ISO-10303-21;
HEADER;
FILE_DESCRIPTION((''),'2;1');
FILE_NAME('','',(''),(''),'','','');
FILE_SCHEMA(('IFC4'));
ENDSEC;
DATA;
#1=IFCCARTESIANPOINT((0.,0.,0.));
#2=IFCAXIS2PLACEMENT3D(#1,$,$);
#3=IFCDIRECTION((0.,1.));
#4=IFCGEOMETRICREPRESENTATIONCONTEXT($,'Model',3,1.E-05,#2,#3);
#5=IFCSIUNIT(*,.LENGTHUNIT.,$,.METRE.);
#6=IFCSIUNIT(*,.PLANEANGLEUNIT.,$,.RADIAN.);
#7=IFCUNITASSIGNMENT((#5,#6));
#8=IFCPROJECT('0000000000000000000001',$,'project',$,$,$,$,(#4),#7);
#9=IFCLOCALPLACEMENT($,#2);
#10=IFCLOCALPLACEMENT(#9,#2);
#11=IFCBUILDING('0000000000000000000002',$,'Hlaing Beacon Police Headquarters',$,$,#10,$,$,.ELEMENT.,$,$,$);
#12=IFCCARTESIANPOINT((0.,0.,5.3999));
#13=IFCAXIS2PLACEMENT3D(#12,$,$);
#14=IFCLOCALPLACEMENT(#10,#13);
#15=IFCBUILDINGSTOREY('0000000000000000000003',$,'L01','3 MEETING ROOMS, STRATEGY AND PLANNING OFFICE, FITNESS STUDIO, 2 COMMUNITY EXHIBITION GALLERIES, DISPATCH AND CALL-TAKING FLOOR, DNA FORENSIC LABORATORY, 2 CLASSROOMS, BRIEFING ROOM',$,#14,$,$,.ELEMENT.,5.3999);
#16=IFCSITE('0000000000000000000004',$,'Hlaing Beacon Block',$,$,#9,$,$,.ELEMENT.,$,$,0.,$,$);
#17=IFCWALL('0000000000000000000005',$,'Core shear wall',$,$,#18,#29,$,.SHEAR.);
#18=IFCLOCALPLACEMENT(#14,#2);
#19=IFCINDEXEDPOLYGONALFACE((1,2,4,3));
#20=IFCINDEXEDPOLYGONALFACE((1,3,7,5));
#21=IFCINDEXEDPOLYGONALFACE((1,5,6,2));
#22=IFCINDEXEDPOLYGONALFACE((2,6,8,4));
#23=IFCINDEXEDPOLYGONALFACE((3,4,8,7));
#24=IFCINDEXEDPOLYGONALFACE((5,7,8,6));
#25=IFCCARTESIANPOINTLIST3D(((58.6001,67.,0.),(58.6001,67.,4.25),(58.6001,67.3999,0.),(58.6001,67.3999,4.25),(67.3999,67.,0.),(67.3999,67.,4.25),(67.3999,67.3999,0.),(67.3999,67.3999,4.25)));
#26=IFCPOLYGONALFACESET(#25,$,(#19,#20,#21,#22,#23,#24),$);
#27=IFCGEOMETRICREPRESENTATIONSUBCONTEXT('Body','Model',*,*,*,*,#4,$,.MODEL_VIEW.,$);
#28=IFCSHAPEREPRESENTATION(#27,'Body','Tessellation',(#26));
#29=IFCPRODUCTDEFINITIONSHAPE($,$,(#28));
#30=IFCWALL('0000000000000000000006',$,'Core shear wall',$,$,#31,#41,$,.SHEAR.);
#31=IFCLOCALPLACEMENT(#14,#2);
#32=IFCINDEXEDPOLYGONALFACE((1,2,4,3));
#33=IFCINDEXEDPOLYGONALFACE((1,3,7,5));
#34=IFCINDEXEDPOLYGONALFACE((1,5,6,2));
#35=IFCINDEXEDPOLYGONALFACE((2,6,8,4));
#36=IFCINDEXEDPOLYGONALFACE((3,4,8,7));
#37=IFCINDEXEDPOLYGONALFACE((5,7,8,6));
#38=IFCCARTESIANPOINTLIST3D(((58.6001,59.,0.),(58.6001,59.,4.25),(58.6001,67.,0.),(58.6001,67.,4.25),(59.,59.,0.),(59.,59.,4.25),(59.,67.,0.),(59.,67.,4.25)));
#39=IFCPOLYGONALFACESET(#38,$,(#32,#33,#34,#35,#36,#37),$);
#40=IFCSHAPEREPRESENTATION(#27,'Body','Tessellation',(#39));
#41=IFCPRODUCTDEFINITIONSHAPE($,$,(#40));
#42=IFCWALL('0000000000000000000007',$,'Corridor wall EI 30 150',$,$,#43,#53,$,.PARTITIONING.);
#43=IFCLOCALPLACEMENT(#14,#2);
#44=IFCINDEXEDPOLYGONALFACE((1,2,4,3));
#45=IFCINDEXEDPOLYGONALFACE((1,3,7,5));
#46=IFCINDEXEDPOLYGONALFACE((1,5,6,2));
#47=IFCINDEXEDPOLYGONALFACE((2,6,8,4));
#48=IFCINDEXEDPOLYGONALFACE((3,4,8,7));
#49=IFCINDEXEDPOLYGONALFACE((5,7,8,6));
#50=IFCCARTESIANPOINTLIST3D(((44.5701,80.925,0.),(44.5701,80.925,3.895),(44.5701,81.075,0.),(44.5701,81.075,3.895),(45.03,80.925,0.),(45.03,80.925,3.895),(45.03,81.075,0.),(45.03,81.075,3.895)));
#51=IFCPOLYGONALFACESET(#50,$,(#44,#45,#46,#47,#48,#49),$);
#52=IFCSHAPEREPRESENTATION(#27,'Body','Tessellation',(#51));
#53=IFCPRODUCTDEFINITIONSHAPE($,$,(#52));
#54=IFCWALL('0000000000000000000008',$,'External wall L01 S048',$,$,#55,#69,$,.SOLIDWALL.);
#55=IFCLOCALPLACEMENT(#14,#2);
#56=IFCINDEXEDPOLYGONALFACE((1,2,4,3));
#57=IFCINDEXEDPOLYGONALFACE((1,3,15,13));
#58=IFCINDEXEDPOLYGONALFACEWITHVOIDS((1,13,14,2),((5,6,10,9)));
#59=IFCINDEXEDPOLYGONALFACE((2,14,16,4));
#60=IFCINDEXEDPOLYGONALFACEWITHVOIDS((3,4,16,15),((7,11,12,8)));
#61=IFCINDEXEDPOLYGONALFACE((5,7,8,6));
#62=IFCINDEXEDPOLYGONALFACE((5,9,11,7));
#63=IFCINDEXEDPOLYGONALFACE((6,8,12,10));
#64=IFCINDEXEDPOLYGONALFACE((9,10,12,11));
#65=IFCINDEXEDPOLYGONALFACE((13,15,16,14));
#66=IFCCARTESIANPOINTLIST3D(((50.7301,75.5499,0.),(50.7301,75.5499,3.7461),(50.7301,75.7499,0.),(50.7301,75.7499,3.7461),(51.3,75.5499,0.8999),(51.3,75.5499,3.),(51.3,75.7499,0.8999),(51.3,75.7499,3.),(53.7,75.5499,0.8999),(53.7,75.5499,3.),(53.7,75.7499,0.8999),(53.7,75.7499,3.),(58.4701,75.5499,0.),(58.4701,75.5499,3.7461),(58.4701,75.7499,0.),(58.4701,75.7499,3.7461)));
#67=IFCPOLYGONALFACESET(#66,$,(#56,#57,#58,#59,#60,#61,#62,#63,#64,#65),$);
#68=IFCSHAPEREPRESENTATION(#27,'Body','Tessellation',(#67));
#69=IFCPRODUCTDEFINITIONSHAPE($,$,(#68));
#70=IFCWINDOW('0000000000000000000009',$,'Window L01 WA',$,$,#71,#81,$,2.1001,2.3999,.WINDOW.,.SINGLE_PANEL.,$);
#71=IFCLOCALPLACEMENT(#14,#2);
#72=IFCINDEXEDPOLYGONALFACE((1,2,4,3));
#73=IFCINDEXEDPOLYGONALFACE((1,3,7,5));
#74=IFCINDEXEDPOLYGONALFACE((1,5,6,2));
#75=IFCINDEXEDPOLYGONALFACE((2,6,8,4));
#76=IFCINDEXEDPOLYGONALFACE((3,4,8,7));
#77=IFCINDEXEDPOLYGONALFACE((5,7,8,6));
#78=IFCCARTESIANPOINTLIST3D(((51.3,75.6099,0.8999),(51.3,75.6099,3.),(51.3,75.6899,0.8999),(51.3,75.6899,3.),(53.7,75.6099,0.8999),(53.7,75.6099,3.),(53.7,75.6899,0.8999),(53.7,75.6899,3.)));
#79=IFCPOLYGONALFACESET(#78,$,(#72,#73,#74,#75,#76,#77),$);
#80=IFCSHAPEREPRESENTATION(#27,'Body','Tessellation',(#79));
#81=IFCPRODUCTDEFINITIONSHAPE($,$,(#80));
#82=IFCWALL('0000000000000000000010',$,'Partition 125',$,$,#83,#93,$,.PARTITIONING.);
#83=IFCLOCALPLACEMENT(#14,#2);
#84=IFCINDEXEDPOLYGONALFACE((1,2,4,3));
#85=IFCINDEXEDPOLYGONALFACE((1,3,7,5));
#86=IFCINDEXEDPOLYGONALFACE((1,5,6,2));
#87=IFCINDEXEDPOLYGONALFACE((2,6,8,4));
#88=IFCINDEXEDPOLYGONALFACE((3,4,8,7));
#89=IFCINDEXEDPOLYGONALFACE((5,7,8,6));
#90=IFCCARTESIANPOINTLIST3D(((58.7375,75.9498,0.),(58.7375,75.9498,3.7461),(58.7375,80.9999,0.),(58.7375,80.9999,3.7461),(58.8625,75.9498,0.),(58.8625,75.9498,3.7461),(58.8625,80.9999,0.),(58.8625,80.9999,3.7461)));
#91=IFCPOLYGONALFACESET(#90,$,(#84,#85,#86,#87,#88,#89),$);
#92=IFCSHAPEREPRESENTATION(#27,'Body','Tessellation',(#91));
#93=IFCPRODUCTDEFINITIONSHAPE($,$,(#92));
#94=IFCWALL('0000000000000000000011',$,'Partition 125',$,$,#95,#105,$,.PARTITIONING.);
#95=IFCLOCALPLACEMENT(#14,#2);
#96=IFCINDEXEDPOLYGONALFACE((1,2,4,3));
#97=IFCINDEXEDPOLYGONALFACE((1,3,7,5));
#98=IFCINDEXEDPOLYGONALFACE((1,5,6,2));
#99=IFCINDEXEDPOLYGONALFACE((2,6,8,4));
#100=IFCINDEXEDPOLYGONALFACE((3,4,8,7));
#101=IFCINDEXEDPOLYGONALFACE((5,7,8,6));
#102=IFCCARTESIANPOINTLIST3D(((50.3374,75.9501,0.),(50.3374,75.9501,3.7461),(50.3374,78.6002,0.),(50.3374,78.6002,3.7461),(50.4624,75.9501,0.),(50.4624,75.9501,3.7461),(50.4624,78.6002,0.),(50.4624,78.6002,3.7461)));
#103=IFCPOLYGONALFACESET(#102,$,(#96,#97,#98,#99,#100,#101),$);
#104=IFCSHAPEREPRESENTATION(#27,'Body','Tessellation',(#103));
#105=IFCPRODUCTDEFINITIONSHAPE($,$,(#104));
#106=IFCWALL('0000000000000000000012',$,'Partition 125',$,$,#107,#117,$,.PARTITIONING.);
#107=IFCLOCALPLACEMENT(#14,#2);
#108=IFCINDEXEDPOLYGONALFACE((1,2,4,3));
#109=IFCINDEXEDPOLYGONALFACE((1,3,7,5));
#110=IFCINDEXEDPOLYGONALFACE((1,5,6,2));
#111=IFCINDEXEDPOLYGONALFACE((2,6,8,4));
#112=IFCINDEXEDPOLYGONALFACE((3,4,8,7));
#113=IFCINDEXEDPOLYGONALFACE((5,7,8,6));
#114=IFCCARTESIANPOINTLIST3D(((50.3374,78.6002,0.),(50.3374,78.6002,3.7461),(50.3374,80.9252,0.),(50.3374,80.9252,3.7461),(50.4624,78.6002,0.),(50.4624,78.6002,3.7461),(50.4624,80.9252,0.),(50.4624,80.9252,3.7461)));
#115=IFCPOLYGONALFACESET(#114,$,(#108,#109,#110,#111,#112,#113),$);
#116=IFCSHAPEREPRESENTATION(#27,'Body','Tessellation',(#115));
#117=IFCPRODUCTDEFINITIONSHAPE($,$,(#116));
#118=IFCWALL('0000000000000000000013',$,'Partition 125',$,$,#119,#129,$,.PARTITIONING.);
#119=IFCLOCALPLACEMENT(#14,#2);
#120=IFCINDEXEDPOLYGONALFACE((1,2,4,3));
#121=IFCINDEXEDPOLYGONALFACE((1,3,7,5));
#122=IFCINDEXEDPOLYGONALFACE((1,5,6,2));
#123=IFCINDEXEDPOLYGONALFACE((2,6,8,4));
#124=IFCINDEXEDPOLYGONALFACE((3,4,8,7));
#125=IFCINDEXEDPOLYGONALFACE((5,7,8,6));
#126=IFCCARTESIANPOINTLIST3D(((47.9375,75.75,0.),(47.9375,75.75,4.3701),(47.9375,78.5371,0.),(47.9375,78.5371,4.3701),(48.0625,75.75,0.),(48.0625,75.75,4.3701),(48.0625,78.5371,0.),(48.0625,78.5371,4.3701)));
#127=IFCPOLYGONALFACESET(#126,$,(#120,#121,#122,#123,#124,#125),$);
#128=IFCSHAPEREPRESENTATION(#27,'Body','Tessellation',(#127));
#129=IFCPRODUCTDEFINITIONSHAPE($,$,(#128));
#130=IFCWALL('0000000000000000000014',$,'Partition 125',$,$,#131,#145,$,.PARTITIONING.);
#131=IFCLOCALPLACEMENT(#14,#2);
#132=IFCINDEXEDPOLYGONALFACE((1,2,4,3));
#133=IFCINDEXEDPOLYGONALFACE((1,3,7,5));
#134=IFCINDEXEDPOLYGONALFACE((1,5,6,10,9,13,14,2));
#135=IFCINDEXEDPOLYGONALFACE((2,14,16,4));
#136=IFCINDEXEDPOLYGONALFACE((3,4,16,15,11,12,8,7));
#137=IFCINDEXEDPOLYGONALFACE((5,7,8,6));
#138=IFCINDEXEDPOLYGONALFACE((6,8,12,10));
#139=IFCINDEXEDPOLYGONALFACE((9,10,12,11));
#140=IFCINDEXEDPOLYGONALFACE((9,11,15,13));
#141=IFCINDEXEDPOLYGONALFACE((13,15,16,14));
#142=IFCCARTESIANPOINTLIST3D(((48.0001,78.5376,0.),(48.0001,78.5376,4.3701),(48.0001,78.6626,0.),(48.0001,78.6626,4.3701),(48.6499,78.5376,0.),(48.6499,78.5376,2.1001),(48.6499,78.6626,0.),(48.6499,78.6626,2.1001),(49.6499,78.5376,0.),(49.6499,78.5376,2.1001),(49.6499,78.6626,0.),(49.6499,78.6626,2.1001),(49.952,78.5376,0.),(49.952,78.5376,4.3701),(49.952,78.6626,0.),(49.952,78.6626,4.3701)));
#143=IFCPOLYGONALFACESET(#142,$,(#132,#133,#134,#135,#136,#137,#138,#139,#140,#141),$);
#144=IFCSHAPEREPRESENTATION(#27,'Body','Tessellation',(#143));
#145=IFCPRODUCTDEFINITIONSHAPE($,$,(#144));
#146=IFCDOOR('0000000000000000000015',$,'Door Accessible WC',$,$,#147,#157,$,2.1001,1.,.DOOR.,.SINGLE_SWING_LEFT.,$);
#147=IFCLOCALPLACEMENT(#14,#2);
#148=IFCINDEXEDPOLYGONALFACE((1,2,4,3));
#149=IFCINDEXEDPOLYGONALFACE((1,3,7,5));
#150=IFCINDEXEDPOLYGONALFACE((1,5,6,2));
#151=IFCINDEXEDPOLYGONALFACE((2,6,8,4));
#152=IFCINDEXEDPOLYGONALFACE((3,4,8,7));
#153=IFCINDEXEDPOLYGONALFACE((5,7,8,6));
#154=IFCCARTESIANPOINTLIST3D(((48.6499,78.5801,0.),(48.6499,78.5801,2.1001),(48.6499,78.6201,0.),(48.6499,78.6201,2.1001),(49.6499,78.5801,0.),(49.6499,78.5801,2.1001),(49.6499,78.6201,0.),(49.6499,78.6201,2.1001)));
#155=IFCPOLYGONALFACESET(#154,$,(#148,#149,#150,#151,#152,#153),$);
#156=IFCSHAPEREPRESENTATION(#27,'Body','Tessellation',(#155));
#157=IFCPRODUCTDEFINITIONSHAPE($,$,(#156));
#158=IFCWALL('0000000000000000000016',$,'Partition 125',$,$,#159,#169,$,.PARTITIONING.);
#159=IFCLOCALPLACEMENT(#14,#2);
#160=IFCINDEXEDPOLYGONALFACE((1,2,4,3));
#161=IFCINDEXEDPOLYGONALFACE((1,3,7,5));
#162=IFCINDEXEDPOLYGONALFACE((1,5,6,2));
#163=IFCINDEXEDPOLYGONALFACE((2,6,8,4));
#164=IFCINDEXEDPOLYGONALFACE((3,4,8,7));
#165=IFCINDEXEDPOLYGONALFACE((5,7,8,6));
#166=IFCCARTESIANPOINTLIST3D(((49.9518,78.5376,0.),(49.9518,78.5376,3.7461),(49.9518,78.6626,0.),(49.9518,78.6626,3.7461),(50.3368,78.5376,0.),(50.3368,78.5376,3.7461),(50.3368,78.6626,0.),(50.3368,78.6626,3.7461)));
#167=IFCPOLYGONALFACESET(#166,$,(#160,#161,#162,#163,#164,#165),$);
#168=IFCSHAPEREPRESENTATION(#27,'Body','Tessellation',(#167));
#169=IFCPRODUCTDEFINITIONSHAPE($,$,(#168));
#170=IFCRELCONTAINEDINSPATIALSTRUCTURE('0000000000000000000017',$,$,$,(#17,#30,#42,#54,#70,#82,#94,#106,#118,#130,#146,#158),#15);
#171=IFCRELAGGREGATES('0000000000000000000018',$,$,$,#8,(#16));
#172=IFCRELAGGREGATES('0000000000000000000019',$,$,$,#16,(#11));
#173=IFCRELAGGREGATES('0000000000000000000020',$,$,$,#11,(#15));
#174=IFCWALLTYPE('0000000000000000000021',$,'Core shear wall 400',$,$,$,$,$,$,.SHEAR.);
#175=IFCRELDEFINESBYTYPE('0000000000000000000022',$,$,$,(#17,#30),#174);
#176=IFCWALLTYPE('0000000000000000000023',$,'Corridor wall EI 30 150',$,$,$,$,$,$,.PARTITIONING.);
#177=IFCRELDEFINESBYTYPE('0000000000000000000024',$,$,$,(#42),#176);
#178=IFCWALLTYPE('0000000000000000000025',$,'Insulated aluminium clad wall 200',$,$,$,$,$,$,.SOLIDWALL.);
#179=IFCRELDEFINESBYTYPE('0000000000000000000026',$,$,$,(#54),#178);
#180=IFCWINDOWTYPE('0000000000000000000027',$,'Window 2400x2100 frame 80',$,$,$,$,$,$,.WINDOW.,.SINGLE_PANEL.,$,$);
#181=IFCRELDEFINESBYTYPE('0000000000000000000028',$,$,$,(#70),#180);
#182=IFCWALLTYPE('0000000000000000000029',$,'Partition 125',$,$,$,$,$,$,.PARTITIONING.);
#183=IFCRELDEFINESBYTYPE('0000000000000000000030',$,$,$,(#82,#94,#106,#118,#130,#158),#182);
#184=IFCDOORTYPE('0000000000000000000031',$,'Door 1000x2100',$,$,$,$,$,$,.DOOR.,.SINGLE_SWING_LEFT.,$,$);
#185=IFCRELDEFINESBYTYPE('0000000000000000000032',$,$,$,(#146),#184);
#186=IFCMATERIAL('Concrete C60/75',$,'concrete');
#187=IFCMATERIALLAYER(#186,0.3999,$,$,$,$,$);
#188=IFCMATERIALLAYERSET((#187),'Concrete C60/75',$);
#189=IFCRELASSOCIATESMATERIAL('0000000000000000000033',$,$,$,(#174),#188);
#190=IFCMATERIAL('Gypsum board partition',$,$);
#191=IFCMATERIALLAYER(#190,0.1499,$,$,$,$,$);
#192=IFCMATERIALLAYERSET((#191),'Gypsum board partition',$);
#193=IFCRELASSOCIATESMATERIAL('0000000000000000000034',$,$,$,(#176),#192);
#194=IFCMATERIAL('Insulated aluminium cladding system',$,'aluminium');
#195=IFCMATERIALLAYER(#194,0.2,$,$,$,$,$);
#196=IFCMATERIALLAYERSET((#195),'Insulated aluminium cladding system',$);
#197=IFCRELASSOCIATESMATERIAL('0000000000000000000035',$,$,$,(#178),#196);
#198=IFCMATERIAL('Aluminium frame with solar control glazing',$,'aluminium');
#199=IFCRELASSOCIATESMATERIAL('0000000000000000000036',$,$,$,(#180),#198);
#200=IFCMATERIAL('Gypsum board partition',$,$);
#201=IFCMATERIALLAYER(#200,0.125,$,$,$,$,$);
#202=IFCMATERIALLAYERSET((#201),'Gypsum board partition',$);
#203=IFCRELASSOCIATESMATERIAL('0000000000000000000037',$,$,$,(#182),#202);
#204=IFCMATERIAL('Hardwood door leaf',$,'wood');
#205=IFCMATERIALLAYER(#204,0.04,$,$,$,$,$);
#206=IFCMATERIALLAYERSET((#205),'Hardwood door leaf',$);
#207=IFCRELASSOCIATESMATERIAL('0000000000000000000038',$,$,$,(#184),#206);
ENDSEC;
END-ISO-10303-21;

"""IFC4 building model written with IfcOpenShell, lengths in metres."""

from ifc_helpers import new_model, si_unit, direction, frame, frame_2d, origin, place, context, subcontext, project, spatial, rectangle, extrude, material, layer, layer_set, type_object, element, fill, save


model = new_model("IFC4")

# Units and contexts
model_context = context("Model", 3, precision=1e-05, world=origin(), true_north=direction((0.0, 1.0)))
body_context = subcontext(model_context, "Body", "Model", "MODEL_VIEW")
ifc_project = project(units=[si_unit("LENGTHUNIT", "METRE"), si_unit("PLANEANGLEUNIT", "RADIAN")], contexts=[model_context])

# Site, building, storey
site_placement = place(None, origin())
site = spatial("IfcSite", under=ifc_project, at=site_placement, Name="Hlaing Beacon Block", CompositionType="ELEMENT", RefElevation=0.0)
building_placement = place(site_placement, origin())
building = spatial("IfcBuilding", under=site, at=building_placement, Name="Hlaing Beacon Police Headquarters", CompositionType="ELEMENT")
storey_placement = place(building_placement, frame((0.0, 0.0, 5.3999)))
storey = spatial("IfcBuildingStorey", under=building, at=storey_placement, Name="L01", Description="3 MEETING ROOMS, STRATEGY AND PLANNING OFFICE, FITNESS STUDIO, 2 COMMUNITY EXHIBITION GALLERIES, DISPATCH AND CALL-TAKING FLOOR, DNA FORENSIC LABORATORY, 2 CLASSROOMS, BRIEFING ROOM", CompositionType="ELEMENT", Elevation=5.3999)

# Walls
ifc_material_1 = material(Name="Concrete C60/75", Category="concrete")
ifc_layer_1 = layer(ifc_material_1, 0.3999)
ifc_layer_set_1 = layer_set([ifc_layer_1], Name="Concrete C60/75")
wall_type_1 = type_object("IfcWallType", Name="Core shear wall 400", PredefinedType="SHEAR", material=ifc_layer_set_1)
wall_1_placement = place(storey_placement, frame((58.6001, 67.2, 0.0), z_axis=(0.0, 0.0, 1.0), x_axis=(1.0, 0.0, 0.0)))
element("IfcWall", 1, at=wall_1_placement, inside=storey, type_object=wall_type_1, Name="Core shear wall", PredefinedType="SHEAR", context=body_context, shape_type="SweptSolid", body=[
    extrude(rectangle(XDim=8.7998, YDim=0.3999, at=frame_2d((4.3999, 0.0))), origin(), (0.0, 0.0, 1.0), 4.25),
])
wall_2_placement = place(storey_placement, frame((58.8, 59.0, 0.0), z_axis=(0.0, 0.0, 1.0), x_axis=(0.0, 1.0, 0.0)))
element("IfcWall", 2, at=wall_2_placement, inside=storey, type_object=wall_type_1, Name="Core shear wall", PredefinedType="SHEAR", context=body_context, shape_type="SweptSolid", body=[
    extrude(rectangle(XDim=8.0, YDim=0.3999, at=frame_2d((4.0, 0.0))), origin(), (0.0, 0.0, 1.0), 4.25),
])
ifc_material_2 = material(Name="Gypsum board partition")
ifc_layer_2 = layer(ifc_material_2, 0.1499)
ifc_layer_set_2 = layer_set([ifc_layer_2], Name="Gypsum board partition")
wall_type_2 = type_object("IfcWallType", Name="Corridor wall EI 30 150", PredefinedType="PARTITIONING", material=ifc_layer_set_2)
wall_3_placement = place(storey_placement, frame((44.5701, 81.0, 0.0), z_axis=(0.0, 0.0, 1.0), x_axis=(1.0, 0.0, 0.0)))
element("IfcWall", 3, at=wall_3_placement, inside=storey, type_object=wall_type_2, Name="Corridor wall EI 30 150", PredefinedType="PARTITIONING", context=body_context, shape_type="SweptSolid", body=[
    extrude(rectangle(XDim=0.46, YDim=0.1499, at=frame_2d((0.23, 0.0))), origin(), (0.0, 0.0, 1.0), 3.895),
])

# Wall, opening, window
ifc_material_3 = material(Name="Insulated aluminium cladding system", Category="aluminium")
ifc_layer_3 = layer(ifc_material_3, 0.2)
ifc_layer_set_3 = layer_set([ifc_layer_3], Name="Insulated aluminium cladding system")
wall_type_3 = type_object("IfcWallType", Name="Insulated aluminium clad wall 200", PredefinedType="SOLIDWALL", material=ifc_layer_set_3)
wall_4_placement = place(storey_placement, frame((50.73, 75.6499, 0.0), z_axis=(0.0, 0.0, 1.0), x_axis=(1.0, 0.0, 0.0)))
wall_4 = element("IfcWall", 4, at=wall_4_placement, inside=storey, type_object=wall_type_3, Name="External wall L01 S048", PredefinedType="SOLIDWALL", context=body_context, shape_type="SweptSolid", body=[
    extrude(rectangle(XDim=7.74, YDim=0.2, at=frame_2d((3.8701, 0.0))), origin(), (0.0, 0.0, 1.0), 3.7461),
])
opening_1_placement = place(wall_4_placement, frame((0.5701, 0.0, 0.8999)))
opening_1 = element("IfcOpeningElement", 5, at=opening_1_placement, cuts=wall_4, PredefinedType="OPENING", context=body_context, shape_type="SweptSolid", body=[
    extrude(rectangle(XDim=2.3999, YDim=2.1001, at=frame_2d((1.2, 1.05))), frame((0.0, 0.1099, 0.0), z_axis=(0.0, -1.0, 0.0), x_axis=(1.0, 0.0, 0.0)), (0.0, 0.0, 1.0), 0.22),
])
ifc_material_4 = material(Name="Aluminium frame with solar control glazing", Category="aluminium")
window_type = type_object("IfcWindowType", Name="Window 2400x2100 frame 80", PartitioningType="SINGLE_PANEL", PredefinedType="WINDOW", material=ifc_material_4)
window_placement = place(opening_1_placement, origin())
window = element("IfcWindow", 6, at=window_placement, inside=storey, type_object=window_type, Name="Window L01 WA", OverallHeight=2.1001, OverallWidth=2.3999, PartitioningType="SINGLE_PANEL", PredefinedType="WINDOW", context=body_context, shape_type="SweptSolid", body=[
    extrude(rectangle(XDim=2.3999, YDim=2.1001, at=frame_2d((1.2, 1.05))), frame((0.0, 0.04, 0.0), z_axis=(0.0, -1.0, 0.0), x_axis=(1.0, 0.0, 0.0)), (0.0, 0.0, 1.0), 0.0801),
])
fill(opening_1, window)

# Walls
ifc_material_5 = material(Name="Gypsum board partition")
ifc_layer_4 = layer(ifc_material_5, 0.125)
ifc_layer_set_4 = layer_set([ifc_layer_4], Name="Gypsum board partition")
wall_type_4 = type_object("IfcWallType", Name="Partition 125", PredefinedType="PARTITIONING", material=ifc_layer_set_4)
wall_5_placement = place(storey_placement, frame((58.8, 75.95, 0.0), z_axis=(0.0, 0.0, 1.0), x_axis=(0.0, 1.0, 0.0)))
element("IfcWall", 7, at=wall_5_placement, inside=storey, type_object=wall_type_4, Name="Partition 125", PredefinedType="PARTITIONING", context=body_context, shape_type="SweptSolid", body=[
    extrude(rectangle(XDim=5.05, YDim=0.125, at=frame_2d((2.5249, 0.0))), origin(), (0.0, 0.0, 1.0), 3.7461),
])
wall_6_placement = place(storey_placement, frame((50.3999, 75.95, 0.0), z_axis=(0.0, 0.0, 1.0), x_axis=(0.0, 1.0, 0.0)))
element("IfcWall", 8, at=wall_6_placement, inside=storey, type_object=wall_type_4, Name="Partition 125", PredefinedType="PARTITIONING", context=body_context, shape_type="SweptSolid", body=[
    extrude(rectangle(XDim=2.6501, YDim=0.125, at=frame_2d((1.3252, 0.0))), origin(), (0.0, 0.0, 1.0), 3.7461),
])
wall_7_placement = place(storey_placement, frame((50.3999, 78.6001, 0.0), z_axis=(0.0, 0.0, 1.0), x_axis=(0.0, 1.0, 0.0)))
element("IfcWall", 9, at=wall_7_placement, inside=storey, type_object=wall_type_4, Name="Partition 125", PredefinedType="PARTITIONING", context=body_context, shape_type="SweptSolid", body=[
    extrude(rectangle(XDim=2.325, YDim=0.125, at=frame_2d((1.1626, 0.0))), origin(), (0.0, 0.0, 1.0), 3.7461),
])
wall_8_placement = place(storey_placement, frame((48.0, 75.75, 0.0), z_axis=(0.0, 0.0, 1.0), x_axis=(0.0, 1.0, 0.0)))
element("IfcWall", 10, at=wall_8_placement, inside=storey, type_object=wall_type_4, Name="Partition 125", PredefinedType="PARTITIONING", context=body_context, shape_type="SweptSolid", body=[
    extrude(rectangle(XDim=2.7871, YDim=0.125, at=frame_2d((1.3936, 0.0))), origin(), (0.0, 0.0, 1.0), 4.3701),
])

# Wall, opening, door
wall_9_placement = place(storey_placement, frame((48.0, 78.6001, 0.0), z_axis=(0.0, 0.0, 1.0), x_axis=(1.0, 0.0, 0.0)))
wall_9 = element("IfcWall", 11, at=wall_9_placement, inside=storey, type_object=wall_type_4, Name="Partition 125", PredefinedType="PARTITIONING", context=body_context, shape_type="SweptSolid", body=[
    extrude(rectangle(XDim=1.9519, YDim=0.125, at=frame_2d((0.9761, 0.0))), origin(), (0.0, 0.0, 1.0), 4.3701),
])
opening_2_placement = place(wall_9_placement, frame((0.6499, 0.0, 0.0)))
opening_2 = element("IfcOpeningElement", 12, at=opening_2_placement, cuts=wall_9, PredefinedType="OPENING", context=body_context, shape_type="SweptSolid", body=[
    extrude(rectangle(XDim=1.0, YDim=2.1001, at=frame_2d((0.5, 1.05))), frame((0.0, 0.0725, 0.0), z_axis=(0.0, -1.0, 0.0), x_axis=(1.0, 0.0, 0.0)), (0.0, 0.0, 1.0), 0.145),
])
ifc_material_6 = material(Name="Hardwood door leaf", Category="wood")
ifc_layer_5 = layer(ifc_material_6, 0.04)
ifc_layer_set_5 = layer_set([ifc_layer_5], Name="Hardwood door leaf")
door_type_1 = type_object("IfcDoorType", Name="Door 1000x2100", OperationType="SINGLE_SWING_LEFT", PredefinedType="DOOR", material=ifc_layer_set_5)
door_1_placement = place(opening_2_placement, frame((1.0, 0.0, 0.0), z_axis=(0.0, 0.0, 1.0), x_axis=(-1.0, 0.0, 0.0)))
door_1 = element("IfcDoor", 13, at=door_1_placement, inside=storey, type_object=door_type_1, Name="Door Accessible WC", OperationType="SINGLE_SWING_LEFT", OverallHeight=2.1001, OverallWidth=1.0, PredefinedType="DOOR", context=body_context, shape_type="SweptSolid", body=[
    extrude(rectangle(XDim=1.0, YDim=2.1001, at=frame_2d((0.5, 1.05))), frame((0.0, 0.02, 0.0), z_axis=(0.0, -1.0, 0.0), x_axis=(1.0, 0.0, 0.0)), (0.0, 0.0, 1.0), 0.04),
])
fill(opening_2, door_1)

# Wall
wall_10_placement = place(storey_placement, frame((49.9519, 78.6001, 0.0), z_axis=(0.0, 0.0, 1.0), x_axis=(1.0, 0.0, 0.0)))
element("IfcWall", 14, at=wall_10_placement, inside=storey, type_object=wall_type_4, Name="Partition 125", PredefinedType="PARTITIONING", context=body_context, shape_type="SweptSolid", body=[
    extrude(rectangle(XDim=0.385, YDim=0.125, at=frame_2d((0.1924, 0.0))), origin(), (0.0, 0.0, 1.0), 3.7461),
])

save(model, "model.ifc")
